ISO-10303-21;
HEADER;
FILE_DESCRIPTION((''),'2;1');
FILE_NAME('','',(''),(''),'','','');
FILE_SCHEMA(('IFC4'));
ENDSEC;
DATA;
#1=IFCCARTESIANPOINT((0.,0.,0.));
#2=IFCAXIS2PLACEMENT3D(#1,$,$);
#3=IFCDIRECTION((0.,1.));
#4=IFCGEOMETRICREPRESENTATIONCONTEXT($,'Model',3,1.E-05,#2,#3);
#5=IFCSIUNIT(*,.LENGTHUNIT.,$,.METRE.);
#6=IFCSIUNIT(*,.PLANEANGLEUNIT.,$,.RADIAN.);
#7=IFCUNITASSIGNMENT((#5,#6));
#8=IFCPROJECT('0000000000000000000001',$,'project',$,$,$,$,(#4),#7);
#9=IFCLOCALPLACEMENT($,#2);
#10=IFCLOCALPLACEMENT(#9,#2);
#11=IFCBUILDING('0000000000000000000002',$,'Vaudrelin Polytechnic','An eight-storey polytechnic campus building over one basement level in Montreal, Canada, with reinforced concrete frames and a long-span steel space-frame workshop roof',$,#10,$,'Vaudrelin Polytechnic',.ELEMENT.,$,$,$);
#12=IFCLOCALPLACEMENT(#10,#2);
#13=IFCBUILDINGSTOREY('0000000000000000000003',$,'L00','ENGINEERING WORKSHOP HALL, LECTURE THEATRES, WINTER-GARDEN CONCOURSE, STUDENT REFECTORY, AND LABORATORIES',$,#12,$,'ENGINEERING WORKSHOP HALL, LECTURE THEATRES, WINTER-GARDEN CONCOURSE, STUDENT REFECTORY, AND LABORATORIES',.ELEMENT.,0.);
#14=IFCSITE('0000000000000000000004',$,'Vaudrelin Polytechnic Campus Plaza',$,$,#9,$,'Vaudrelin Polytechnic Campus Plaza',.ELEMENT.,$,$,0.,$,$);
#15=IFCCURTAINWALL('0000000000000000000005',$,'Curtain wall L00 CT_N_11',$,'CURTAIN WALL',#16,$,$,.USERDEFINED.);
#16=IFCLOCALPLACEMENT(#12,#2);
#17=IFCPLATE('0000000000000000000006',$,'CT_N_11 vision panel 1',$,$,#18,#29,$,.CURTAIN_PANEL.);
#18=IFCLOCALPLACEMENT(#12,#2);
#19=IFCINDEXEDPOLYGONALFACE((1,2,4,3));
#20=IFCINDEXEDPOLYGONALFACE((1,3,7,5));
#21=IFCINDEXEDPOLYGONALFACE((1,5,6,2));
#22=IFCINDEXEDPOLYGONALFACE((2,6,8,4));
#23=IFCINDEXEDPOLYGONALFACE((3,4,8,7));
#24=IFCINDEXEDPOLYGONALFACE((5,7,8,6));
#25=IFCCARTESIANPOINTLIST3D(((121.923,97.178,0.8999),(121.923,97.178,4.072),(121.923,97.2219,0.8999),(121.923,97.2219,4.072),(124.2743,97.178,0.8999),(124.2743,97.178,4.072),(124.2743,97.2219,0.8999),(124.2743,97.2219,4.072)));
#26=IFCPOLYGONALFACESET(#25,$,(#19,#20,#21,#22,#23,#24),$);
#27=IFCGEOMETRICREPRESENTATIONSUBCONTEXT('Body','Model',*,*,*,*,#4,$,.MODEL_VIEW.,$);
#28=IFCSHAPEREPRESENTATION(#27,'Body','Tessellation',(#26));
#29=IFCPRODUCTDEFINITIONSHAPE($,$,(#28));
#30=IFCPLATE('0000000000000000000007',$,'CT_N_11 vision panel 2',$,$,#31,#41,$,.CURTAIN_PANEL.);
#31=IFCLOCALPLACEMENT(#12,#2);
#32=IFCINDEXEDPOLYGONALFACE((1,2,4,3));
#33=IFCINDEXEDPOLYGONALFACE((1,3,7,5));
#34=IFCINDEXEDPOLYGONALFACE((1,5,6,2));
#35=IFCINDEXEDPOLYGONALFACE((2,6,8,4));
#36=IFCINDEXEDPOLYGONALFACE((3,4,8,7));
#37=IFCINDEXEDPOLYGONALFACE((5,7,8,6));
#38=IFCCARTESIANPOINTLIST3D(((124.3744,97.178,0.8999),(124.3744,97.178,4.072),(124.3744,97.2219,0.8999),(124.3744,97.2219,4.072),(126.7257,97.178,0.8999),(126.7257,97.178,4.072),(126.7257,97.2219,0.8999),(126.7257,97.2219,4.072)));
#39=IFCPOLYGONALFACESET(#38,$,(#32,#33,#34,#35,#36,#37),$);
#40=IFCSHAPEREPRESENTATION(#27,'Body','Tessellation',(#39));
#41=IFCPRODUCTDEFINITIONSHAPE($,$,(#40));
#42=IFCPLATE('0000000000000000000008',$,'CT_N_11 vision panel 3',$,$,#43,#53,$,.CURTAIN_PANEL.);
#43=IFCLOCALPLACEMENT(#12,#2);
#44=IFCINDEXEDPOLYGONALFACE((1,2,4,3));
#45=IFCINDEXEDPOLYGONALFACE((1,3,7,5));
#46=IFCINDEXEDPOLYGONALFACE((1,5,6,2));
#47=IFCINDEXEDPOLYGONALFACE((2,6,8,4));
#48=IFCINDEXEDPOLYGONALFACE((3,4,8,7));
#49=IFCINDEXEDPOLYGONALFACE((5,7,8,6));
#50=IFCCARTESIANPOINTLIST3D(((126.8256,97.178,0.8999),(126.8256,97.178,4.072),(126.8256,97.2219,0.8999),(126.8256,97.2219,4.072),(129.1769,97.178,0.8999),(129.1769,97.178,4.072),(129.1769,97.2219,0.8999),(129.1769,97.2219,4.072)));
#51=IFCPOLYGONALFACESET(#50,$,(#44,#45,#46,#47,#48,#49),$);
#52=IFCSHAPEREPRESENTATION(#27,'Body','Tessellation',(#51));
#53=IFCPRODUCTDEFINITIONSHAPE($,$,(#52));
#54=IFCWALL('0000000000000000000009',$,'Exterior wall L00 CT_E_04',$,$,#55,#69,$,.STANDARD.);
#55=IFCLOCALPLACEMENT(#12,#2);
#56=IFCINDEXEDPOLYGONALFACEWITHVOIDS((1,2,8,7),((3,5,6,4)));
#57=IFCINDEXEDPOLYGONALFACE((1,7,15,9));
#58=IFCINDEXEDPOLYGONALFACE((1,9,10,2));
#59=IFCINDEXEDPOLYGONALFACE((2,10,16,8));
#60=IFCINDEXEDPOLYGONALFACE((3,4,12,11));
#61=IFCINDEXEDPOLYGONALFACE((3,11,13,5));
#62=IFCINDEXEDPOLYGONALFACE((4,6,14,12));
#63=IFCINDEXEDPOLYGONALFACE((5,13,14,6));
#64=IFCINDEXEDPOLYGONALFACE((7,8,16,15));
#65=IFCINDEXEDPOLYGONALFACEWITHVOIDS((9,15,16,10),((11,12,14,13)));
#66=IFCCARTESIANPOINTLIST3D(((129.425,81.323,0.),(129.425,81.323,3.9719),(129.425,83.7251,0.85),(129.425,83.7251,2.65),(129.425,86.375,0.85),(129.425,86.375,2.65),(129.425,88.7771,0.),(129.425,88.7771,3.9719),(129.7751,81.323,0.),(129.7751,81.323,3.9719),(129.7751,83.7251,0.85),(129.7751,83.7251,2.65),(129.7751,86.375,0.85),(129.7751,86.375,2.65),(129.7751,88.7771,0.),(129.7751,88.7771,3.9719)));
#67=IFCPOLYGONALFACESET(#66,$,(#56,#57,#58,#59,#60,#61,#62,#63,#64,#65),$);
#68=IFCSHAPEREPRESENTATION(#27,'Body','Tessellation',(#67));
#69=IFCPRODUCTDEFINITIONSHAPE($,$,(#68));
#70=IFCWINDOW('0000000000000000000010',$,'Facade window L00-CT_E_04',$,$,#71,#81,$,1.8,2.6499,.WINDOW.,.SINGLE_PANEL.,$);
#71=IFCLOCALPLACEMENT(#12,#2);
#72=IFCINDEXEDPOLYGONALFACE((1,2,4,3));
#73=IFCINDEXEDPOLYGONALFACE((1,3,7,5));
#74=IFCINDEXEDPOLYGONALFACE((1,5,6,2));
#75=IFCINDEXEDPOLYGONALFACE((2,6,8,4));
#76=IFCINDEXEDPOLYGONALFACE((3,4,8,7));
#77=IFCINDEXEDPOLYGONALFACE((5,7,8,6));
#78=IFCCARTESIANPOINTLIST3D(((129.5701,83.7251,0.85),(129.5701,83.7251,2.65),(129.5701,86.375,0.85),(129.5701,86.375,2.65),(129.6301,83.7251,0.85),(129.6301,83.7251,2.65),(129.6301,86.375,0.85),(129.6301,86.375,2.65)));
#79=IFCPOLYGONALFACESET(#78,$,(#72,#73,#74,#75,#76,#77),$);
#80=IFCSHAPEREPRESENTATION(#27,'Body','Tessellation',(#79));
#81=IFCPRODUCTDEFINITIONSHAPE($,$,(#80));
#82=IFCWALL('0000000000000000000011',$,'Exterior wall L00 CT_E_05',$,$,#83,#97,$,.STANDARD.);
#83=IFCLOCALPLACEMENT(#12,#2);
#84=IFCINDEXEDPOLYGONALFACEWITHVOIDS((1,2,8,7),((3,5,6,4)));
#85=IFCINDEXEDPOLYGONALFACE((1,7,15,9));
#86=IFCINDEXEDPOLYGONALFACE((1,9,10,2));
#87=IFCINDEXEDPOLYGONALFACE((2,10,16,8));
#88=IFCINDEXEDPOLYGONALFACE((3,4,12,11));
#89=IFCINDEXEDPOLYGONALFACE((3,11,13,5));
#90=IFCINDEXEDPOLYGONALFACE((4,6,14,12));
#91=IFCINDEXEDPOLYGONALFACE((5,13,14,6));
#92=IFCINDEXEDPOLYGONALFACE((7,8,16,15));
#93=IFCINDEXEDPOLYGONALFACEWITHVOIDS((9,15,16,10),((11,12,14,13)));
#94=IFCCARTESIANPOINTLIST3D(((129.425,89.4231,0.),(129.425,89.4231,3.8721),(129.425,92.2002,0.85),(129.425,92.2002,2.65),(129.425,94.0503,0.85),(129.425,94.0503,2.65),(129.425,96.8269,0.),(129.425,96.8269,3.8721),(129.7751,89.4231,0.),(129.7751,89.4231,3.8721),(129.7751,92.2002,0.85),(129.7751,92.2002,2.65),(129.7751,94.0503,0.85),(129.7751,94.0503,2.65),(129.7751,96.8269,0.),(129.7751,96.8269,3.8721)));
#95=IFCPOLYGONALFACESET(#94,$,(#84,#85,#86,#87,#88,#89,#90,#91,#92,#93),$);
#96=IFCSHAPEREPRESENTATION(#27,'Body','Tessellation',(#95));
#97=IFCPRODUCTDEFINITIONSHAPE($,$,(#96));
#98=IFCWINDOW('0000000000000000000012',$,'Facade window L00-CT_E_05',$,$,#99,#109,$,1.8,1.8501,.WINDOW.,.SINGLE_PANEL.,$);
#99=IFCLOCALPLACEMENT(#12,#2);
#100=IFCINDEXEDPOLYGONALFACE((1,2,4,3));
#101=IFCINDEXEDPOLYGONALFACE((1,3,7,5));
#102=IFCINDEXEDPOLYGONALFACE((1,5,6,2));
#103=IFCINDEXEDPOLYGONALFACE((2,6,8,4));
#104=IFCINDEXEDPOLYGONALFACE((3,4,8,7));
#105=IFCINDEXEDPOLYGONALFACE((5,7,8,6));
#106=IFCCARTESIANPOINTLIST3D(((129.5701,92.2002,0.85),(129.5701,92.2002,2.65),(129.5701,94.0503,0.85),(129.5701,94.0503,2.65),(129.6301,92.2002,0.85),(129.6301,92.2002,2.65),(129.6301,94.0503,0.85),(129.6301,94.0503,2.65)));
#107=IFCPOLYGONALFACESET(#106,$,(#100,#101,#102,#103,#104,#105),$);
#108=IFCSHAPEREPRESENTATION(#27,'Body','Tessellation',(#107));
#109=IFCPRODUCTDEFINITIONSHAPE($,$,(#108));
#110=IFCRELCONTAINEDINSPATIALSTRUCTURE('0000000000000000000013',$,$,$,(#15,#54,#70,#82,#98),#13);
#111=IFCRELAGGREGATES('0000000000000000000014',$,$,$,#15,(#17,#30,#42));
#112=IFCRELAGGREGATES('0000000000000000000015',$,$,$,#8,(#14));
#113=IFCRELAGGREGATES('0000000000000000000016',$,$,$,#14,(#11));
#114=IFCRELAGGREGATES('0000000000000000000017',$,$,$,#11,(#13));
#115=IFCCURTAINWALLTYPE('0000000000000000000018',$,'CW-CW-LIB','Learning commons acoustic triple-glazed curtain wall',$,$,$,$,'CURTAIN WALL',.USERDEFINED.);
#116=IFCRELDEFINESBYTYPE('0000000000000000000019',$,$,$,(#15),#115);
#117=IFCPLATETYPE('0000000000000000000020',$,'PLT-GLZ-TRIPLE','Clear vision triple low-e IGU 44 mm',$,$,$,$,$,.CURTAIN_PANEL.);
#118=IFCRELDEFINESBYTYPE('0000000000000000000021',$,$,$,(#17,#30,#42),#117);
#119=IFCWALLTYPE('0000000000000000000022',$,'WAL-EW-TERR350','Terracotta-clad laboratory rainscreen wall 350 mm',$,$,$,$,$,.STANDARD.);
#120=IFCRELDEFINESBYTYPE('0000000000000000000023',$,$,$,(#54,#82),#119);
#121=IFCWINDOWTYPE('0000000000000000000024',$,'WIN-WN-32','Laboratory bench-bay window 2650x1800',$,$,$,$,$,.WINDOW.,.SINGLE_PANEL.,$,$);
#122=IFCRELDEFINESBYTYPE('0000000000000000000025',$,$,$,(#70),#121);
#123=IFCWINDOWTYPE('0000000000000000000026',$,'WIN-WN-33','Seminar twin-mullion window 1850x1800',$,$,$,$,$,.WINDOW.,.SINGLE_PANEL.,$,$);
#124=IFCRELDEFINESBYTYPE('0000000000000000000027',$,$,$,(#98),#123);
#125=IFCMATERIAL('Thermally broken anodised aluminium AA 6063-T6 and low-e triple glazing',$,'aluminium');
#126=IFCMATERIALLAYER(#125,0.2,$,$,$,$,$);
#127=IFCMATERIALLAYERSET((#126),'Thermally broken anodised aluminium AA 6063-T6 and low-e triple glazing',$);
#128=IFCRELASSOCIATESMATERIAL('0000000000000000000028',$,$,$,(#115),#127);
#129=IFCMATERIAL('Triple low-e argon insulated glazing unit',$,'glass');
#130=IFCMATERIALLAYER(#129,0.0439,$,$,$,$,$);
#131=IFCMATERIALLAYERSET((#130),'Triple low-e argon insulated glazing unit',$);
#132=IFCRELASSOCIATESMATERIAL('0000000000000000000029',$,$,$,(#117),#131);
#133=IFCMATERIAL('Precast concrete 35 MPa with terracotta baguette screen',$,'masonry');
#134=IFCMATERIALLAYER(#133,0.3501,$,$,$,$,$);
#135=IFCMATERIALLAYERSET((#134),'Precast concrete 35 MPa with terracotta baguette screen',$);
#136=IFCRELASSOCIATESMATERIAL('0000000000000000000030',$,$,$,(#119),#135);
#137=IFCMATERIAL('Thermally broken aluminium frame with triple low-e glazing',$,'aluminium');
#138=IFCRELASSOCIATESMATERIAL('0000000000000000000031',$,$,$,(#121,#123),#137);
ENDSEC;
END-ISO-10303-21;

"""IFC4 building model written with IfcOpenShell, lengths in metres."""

from ifc_helpers import new_model, si_unit, direction, frame, frame_2d, origin, origin_2d, place, context, subcontext, project, spatial, rectangle, extrude, material, layer, layer_set, type_object, element, fill, aggregate, save


model = new_model("IFC4")

# Units and contexts
model_context = context("Model", 3, precision=1e-05, world=origin(), true_north=direction((0.0, 1.0)))
body_context = subcontext(model_context, "Body", "Model", "MODEL_VIEW")
ifc_project = project(units=[si_unit("LENGTHUNIT", "METRE"), si_unit("PLANEANGLEUNIT", "RADIAN")], contexts=[model_context])

# Site, building, storey
site_placement = place(None, origin())
site = spatial("IfcSite", under=ifc_project, at=site_placement, Name="Vaudrelin Polytechnic Campus Plaza", LongName="Vaudrelin Polytechnic Campus Plaza", CompositionType="ELEMENT", RefElevation=0.0)
building_placement = place(site_placement, origin())
building = spatial("IfcBuilding", under=site, at=building_placement, Name="Vaudrelin Polytechnic", Description="An eight-storey polytechnic campus building over one basement level in Montreal, Canada, with reinforced concrete frames and a long-span steel space-frame workshop roof", LongName="Vaudrelin Polytechnic", CompositionType="ELEMENT")
storey_placement = place(building_placement, origin())
storey = spatial("IfcBuildingStorey", under=building, at=storey_placement, Name="L00", Description="ENGINEERING WORKSHOP HALL, LECTURE THEATRES, WINTER-GARDEN CONCOURSE, STUDENT REFECTORY, AND LABORATORIES", LongName="ENGINEERING WORKSHOP HALL, LECTURE THEATRES, WINTER-GARDEN CONCOURSE, STUDENT REFECTORY, AND LABORATORIES", CompositionType="ELEMENT", Elevation=0.0)

# Shared definitions
ifc_material_1 = material(Name="Thermally broken anodised aluminium AA 6063-T6 and low-e triple glazing", Category="aluminium")
ifc_layer_1 = layer(ifc_material_1, 0.2)
ifc_layer_set_1 = layer_set([ifc_layer_1], Name="Thermally broken anodised aluminium AA 6063-T6 and low-e triple glazing")
curtain_wall_type = type_object("IfcCurtainWallType", Name="CW-CW-LIB", Description="Learning commons acoustic triple-glazed curtain wall", ElementType="CURTAIN WALL", PredefinedType="USERDEFINED", material=ifc_layer_set_1)

# Curtain wall, plates
curtain_wall_1_placement = place(storey_placement, origin())
curtain_wall_1 = element("IfcCurtainWall", 1, at=curtain_wall_1_placement, inside=storey, type_object=curtain_wall_type, Name="Curtain wall L00 CT_N_11", ObjectType="CURTAIN WALL", PredefinedType="USERDEFINED")
ifc_material_2 = material(Name="Triple low-e argon insulated glazing unit", Category="glass")
ifc_layer_2 = layer(ifc_material_2, 0.0439)
ifc_layer_set_2 = layer_set([ifc_layer_2], Name="Triple low-e argon insulated glazing unit")
plate_type_1 = type_object("IfcPlateType", Name="PLT-GLZ-TRIPLE", Description="Clear vision triple low-e IGU 44 mm", PredefinedType="CURTAIN_PANEL", material=ifc_layer_set_2)
plate_1_placement = place(storey_placement, frame((123.0986, 97.2, 0.8999), z_axis=(0.0, 0.0, 1.0), x_axis=(1.0, 0.0, 0.0)))
plate_1 = element("IfcPlate", 2, at=plate_1_placement, type_object=plate_type_1, Name="CT_N_11 vision panel 1", PredefinedType="CURTAIN_PANEL", context=body_context, shape_type="SweptSolid", body=[
    extrude(rectangle(XDim=2.3513, YDim=0.0439, at=origin_2d()), origin(), (0.0, 0.0, 1.0), 3.1721),
])
plate_2_placement = place(storey_placement, frame((125.55, 97.2, 0.8999), z_axis=(0.0, 0.0, 1.0), x_axis=(1.0, 0.0, 0.0)))
plate_2 = element("IfcPlate", 3, at=plate_2_placement, type_object=plate_type_1, Name="CT_N_11 vision panel 2", PredefinedType="CURTAIN_PANEL", context=body_context, shape_type="SweptSolid", body=[
    extrude(rectangle(XDim=2.3513, YDim=0.0439, at=origin_2d()), origin(), (0.0, 0.0, 1.0), 3.1721),
])
plate_3_placement = place(storey_placement, frame((128.0012, 97.2, 0.8999), z_axis=(0.0, 0.0, 1.0), x_axis=(1.0, 0.0, 0.0)))
plate_3 = element("IfcPlate", 4, at=plate_3_placement, type_object=plate_type_1, Name="CT_N_11 vision panel 3", PredefinedType="CURTAIN_PANEL", context=body_context, shape_type="SweptSolid", body=[
    extrude(rectangle(XDim=2.3513, YDim=0.0439, at=origin_2d()), origin(), (0.0, 0.0, 1.0), 3.1721),
])
aggregate(curtain_wall_1, [plate_1, plate_2, plate_3])

# Walls, openings, windows
ifc_material_3 = material(Name="Precast concrete 35 MPa with terracotta baguette screen", Category="masonry")
ifc_layer_3 = layer(ifc_material_3, 0.3501)
ifc_layer_set_3 = layer_set([ifc_layer_3], Name="Precast concrete 35 MPa with terracotta baguette screen")
wall_type = type_object("IfcWallType", Name="WAL-EW-TERR350", Description="Terracotta-clad laboratory rainscreen wall 350 mm", PredefinedType="STANDARD", material=ifc_layer_set_3)
wall_1_placement = place(storey_placement, frame((129.6001, 81.323, 0.0), z_axis=(0.0, 0.0, 1.0), x_axis=(0.0, 1.0, 0.0)))
wall_1 = element("IfcWall", 5, at=wall_1_placement, inside=storey, type_object=wall_type, Name="Exterior wall L00 CT_E_04", PredefinedType="STANDARD", context=body_context, shape_type="SweptSolid", body=[
    extrude(rectangle(XDim=7.4541, YDim=0.3501, at=frame_2d((3.7271, 0.0))), origin(), (0.0, 0.0, 1.0), 3.9719),
])
opening_1_placement = place(wall_1_placement, frame((2.4021, 0.0, 0.8501)))
opening_1 = element("IfcOpeningElement", 6, at=opening_1_placement, cuts=wall_1, PredefinedType="OPENING", context=body_context, shape_type="SweptSolid", body=[
    extrude(rectangle(XDim=2.6499, YDim=1.8, at=frame_2d((1.325, 0.8999))), frame((0.0, 0.1851, 0.0), z_axis=(0.0, -1.0, 0.0), x_axis=(1.0, 0.0, 0.0)), (0.0, 0.0, 1.0), 0.3701),
])
ifc_material_4 = material(Name="Thermally broken aluminium frame with triple low-e glazing", Category="aluminium")
window_type_1 = type_object("IfcWindowType", Name="WIN-WN-32", Description="Laboratory bench-bay window 2650x1800", PartitioningType="SINGLE_PANEL", PredefinedType="WINDOW", material=ifc_material_4)
window_1_placement = place(opening_1_placement, origin())
window_1 = element("IfcWindow", 7, at=window_1_placement, inside=storey, type_object=window_type_1, Name="Facade window L00-CT_E_04", OverallHeight=1.8, OverallWidth=2.6499, PartitioningType="SINGLE_PANEL", PredefinedType="WINDOW", context=body_context, shape_type="SweptSolid", body=[
    extrude(rectangle(XDim=2.6499, YDim=1.8, at=frame_2d((1.325, 0.8999))), frame((0.0, 0.03, 0.0), z_axis=(0.0, -1.0, 0.0), x_axis=(1.0, 0.0, 0.0)), (0.0, 0.0, 1.0), 0.0601),
])
fill(opening_1, window_1)
wall_2_placement = place(storey_placement, frame((129.6001, 89.4231, 0.0), z_axis=(0.0, 0.0, 1.0), x_axis=(0.0, 1.0, 0.0)))
wall_2 = element("IfcWall", 8, at=wall_2_placement, inside=storey, type_object=wall_type, Name="Exterior wall L00 CT_E_05", PredefinedType="STANDARD", context=body_context, shape_type="SweptSolid", body=[
    extrude(rectangle(XDim=7.4038, YDim=0.3501, at=frame_2d((3.7019, 0.0))), origin(), (0.0, 0.0, 1.0), 3.8721),
])
opening_2_placement = place(wall_2_placement, frame((2.7771, 0.0, 0.8501)))
opening_2 = element("IfcOpeningElement", 9, at=opening_2_placement, cuts=wall_2, PredefinedType="OPENING", context=body_context, shape_type="SweptSolid", body=[
    extrude(rectangle(XDim=1.8501, YDim=1.8, at=frame_2d((0.925, 0.8999))), frame((0.0, 0.1851, 0.0), z_axis=(0.0, -1.0, 0.0), x_axis=(1.0, 0.0, 0.0)), (0.0, 0.0, 1.0), 0.3701),
])
window_type_2 = type_object("IfcWindowType", Name="WIN-WN-33", Description="Seminar twin-mullion window 1850x1800", PartitioningType="SINGLE_PANEL", PredefinedType="WINDOW", material=ifc_material_4)
window_2_placement = place(opening_2_placement, origin())
window_2 = element("IfcWindow", 10, at=window_2_placement, inside=storey, type_object=window_type_2, Name="Facade window L00-CT_E_05", OverallHeight=1.8, OverallWidth=1.8501, PartitioningType="SINGLE_PANEL", PredefinedType="WINDOW", context=body_context, shape_type="SweptSolid", body=[
    extrude(rectangle(XDim=1.8501, YDim=1.8, at=frame_2d((0.925, 0.8999))), frame((0.0, 0.03, 0.0), z_axis=(0.0, -1.0, 0.0), x_axis=(1.0, 0.0, 0.0)), (0.0, 0.0, 1.0), 0.0601),
])
fill(opening_2, window_2)

save(model, "model.ifc")
